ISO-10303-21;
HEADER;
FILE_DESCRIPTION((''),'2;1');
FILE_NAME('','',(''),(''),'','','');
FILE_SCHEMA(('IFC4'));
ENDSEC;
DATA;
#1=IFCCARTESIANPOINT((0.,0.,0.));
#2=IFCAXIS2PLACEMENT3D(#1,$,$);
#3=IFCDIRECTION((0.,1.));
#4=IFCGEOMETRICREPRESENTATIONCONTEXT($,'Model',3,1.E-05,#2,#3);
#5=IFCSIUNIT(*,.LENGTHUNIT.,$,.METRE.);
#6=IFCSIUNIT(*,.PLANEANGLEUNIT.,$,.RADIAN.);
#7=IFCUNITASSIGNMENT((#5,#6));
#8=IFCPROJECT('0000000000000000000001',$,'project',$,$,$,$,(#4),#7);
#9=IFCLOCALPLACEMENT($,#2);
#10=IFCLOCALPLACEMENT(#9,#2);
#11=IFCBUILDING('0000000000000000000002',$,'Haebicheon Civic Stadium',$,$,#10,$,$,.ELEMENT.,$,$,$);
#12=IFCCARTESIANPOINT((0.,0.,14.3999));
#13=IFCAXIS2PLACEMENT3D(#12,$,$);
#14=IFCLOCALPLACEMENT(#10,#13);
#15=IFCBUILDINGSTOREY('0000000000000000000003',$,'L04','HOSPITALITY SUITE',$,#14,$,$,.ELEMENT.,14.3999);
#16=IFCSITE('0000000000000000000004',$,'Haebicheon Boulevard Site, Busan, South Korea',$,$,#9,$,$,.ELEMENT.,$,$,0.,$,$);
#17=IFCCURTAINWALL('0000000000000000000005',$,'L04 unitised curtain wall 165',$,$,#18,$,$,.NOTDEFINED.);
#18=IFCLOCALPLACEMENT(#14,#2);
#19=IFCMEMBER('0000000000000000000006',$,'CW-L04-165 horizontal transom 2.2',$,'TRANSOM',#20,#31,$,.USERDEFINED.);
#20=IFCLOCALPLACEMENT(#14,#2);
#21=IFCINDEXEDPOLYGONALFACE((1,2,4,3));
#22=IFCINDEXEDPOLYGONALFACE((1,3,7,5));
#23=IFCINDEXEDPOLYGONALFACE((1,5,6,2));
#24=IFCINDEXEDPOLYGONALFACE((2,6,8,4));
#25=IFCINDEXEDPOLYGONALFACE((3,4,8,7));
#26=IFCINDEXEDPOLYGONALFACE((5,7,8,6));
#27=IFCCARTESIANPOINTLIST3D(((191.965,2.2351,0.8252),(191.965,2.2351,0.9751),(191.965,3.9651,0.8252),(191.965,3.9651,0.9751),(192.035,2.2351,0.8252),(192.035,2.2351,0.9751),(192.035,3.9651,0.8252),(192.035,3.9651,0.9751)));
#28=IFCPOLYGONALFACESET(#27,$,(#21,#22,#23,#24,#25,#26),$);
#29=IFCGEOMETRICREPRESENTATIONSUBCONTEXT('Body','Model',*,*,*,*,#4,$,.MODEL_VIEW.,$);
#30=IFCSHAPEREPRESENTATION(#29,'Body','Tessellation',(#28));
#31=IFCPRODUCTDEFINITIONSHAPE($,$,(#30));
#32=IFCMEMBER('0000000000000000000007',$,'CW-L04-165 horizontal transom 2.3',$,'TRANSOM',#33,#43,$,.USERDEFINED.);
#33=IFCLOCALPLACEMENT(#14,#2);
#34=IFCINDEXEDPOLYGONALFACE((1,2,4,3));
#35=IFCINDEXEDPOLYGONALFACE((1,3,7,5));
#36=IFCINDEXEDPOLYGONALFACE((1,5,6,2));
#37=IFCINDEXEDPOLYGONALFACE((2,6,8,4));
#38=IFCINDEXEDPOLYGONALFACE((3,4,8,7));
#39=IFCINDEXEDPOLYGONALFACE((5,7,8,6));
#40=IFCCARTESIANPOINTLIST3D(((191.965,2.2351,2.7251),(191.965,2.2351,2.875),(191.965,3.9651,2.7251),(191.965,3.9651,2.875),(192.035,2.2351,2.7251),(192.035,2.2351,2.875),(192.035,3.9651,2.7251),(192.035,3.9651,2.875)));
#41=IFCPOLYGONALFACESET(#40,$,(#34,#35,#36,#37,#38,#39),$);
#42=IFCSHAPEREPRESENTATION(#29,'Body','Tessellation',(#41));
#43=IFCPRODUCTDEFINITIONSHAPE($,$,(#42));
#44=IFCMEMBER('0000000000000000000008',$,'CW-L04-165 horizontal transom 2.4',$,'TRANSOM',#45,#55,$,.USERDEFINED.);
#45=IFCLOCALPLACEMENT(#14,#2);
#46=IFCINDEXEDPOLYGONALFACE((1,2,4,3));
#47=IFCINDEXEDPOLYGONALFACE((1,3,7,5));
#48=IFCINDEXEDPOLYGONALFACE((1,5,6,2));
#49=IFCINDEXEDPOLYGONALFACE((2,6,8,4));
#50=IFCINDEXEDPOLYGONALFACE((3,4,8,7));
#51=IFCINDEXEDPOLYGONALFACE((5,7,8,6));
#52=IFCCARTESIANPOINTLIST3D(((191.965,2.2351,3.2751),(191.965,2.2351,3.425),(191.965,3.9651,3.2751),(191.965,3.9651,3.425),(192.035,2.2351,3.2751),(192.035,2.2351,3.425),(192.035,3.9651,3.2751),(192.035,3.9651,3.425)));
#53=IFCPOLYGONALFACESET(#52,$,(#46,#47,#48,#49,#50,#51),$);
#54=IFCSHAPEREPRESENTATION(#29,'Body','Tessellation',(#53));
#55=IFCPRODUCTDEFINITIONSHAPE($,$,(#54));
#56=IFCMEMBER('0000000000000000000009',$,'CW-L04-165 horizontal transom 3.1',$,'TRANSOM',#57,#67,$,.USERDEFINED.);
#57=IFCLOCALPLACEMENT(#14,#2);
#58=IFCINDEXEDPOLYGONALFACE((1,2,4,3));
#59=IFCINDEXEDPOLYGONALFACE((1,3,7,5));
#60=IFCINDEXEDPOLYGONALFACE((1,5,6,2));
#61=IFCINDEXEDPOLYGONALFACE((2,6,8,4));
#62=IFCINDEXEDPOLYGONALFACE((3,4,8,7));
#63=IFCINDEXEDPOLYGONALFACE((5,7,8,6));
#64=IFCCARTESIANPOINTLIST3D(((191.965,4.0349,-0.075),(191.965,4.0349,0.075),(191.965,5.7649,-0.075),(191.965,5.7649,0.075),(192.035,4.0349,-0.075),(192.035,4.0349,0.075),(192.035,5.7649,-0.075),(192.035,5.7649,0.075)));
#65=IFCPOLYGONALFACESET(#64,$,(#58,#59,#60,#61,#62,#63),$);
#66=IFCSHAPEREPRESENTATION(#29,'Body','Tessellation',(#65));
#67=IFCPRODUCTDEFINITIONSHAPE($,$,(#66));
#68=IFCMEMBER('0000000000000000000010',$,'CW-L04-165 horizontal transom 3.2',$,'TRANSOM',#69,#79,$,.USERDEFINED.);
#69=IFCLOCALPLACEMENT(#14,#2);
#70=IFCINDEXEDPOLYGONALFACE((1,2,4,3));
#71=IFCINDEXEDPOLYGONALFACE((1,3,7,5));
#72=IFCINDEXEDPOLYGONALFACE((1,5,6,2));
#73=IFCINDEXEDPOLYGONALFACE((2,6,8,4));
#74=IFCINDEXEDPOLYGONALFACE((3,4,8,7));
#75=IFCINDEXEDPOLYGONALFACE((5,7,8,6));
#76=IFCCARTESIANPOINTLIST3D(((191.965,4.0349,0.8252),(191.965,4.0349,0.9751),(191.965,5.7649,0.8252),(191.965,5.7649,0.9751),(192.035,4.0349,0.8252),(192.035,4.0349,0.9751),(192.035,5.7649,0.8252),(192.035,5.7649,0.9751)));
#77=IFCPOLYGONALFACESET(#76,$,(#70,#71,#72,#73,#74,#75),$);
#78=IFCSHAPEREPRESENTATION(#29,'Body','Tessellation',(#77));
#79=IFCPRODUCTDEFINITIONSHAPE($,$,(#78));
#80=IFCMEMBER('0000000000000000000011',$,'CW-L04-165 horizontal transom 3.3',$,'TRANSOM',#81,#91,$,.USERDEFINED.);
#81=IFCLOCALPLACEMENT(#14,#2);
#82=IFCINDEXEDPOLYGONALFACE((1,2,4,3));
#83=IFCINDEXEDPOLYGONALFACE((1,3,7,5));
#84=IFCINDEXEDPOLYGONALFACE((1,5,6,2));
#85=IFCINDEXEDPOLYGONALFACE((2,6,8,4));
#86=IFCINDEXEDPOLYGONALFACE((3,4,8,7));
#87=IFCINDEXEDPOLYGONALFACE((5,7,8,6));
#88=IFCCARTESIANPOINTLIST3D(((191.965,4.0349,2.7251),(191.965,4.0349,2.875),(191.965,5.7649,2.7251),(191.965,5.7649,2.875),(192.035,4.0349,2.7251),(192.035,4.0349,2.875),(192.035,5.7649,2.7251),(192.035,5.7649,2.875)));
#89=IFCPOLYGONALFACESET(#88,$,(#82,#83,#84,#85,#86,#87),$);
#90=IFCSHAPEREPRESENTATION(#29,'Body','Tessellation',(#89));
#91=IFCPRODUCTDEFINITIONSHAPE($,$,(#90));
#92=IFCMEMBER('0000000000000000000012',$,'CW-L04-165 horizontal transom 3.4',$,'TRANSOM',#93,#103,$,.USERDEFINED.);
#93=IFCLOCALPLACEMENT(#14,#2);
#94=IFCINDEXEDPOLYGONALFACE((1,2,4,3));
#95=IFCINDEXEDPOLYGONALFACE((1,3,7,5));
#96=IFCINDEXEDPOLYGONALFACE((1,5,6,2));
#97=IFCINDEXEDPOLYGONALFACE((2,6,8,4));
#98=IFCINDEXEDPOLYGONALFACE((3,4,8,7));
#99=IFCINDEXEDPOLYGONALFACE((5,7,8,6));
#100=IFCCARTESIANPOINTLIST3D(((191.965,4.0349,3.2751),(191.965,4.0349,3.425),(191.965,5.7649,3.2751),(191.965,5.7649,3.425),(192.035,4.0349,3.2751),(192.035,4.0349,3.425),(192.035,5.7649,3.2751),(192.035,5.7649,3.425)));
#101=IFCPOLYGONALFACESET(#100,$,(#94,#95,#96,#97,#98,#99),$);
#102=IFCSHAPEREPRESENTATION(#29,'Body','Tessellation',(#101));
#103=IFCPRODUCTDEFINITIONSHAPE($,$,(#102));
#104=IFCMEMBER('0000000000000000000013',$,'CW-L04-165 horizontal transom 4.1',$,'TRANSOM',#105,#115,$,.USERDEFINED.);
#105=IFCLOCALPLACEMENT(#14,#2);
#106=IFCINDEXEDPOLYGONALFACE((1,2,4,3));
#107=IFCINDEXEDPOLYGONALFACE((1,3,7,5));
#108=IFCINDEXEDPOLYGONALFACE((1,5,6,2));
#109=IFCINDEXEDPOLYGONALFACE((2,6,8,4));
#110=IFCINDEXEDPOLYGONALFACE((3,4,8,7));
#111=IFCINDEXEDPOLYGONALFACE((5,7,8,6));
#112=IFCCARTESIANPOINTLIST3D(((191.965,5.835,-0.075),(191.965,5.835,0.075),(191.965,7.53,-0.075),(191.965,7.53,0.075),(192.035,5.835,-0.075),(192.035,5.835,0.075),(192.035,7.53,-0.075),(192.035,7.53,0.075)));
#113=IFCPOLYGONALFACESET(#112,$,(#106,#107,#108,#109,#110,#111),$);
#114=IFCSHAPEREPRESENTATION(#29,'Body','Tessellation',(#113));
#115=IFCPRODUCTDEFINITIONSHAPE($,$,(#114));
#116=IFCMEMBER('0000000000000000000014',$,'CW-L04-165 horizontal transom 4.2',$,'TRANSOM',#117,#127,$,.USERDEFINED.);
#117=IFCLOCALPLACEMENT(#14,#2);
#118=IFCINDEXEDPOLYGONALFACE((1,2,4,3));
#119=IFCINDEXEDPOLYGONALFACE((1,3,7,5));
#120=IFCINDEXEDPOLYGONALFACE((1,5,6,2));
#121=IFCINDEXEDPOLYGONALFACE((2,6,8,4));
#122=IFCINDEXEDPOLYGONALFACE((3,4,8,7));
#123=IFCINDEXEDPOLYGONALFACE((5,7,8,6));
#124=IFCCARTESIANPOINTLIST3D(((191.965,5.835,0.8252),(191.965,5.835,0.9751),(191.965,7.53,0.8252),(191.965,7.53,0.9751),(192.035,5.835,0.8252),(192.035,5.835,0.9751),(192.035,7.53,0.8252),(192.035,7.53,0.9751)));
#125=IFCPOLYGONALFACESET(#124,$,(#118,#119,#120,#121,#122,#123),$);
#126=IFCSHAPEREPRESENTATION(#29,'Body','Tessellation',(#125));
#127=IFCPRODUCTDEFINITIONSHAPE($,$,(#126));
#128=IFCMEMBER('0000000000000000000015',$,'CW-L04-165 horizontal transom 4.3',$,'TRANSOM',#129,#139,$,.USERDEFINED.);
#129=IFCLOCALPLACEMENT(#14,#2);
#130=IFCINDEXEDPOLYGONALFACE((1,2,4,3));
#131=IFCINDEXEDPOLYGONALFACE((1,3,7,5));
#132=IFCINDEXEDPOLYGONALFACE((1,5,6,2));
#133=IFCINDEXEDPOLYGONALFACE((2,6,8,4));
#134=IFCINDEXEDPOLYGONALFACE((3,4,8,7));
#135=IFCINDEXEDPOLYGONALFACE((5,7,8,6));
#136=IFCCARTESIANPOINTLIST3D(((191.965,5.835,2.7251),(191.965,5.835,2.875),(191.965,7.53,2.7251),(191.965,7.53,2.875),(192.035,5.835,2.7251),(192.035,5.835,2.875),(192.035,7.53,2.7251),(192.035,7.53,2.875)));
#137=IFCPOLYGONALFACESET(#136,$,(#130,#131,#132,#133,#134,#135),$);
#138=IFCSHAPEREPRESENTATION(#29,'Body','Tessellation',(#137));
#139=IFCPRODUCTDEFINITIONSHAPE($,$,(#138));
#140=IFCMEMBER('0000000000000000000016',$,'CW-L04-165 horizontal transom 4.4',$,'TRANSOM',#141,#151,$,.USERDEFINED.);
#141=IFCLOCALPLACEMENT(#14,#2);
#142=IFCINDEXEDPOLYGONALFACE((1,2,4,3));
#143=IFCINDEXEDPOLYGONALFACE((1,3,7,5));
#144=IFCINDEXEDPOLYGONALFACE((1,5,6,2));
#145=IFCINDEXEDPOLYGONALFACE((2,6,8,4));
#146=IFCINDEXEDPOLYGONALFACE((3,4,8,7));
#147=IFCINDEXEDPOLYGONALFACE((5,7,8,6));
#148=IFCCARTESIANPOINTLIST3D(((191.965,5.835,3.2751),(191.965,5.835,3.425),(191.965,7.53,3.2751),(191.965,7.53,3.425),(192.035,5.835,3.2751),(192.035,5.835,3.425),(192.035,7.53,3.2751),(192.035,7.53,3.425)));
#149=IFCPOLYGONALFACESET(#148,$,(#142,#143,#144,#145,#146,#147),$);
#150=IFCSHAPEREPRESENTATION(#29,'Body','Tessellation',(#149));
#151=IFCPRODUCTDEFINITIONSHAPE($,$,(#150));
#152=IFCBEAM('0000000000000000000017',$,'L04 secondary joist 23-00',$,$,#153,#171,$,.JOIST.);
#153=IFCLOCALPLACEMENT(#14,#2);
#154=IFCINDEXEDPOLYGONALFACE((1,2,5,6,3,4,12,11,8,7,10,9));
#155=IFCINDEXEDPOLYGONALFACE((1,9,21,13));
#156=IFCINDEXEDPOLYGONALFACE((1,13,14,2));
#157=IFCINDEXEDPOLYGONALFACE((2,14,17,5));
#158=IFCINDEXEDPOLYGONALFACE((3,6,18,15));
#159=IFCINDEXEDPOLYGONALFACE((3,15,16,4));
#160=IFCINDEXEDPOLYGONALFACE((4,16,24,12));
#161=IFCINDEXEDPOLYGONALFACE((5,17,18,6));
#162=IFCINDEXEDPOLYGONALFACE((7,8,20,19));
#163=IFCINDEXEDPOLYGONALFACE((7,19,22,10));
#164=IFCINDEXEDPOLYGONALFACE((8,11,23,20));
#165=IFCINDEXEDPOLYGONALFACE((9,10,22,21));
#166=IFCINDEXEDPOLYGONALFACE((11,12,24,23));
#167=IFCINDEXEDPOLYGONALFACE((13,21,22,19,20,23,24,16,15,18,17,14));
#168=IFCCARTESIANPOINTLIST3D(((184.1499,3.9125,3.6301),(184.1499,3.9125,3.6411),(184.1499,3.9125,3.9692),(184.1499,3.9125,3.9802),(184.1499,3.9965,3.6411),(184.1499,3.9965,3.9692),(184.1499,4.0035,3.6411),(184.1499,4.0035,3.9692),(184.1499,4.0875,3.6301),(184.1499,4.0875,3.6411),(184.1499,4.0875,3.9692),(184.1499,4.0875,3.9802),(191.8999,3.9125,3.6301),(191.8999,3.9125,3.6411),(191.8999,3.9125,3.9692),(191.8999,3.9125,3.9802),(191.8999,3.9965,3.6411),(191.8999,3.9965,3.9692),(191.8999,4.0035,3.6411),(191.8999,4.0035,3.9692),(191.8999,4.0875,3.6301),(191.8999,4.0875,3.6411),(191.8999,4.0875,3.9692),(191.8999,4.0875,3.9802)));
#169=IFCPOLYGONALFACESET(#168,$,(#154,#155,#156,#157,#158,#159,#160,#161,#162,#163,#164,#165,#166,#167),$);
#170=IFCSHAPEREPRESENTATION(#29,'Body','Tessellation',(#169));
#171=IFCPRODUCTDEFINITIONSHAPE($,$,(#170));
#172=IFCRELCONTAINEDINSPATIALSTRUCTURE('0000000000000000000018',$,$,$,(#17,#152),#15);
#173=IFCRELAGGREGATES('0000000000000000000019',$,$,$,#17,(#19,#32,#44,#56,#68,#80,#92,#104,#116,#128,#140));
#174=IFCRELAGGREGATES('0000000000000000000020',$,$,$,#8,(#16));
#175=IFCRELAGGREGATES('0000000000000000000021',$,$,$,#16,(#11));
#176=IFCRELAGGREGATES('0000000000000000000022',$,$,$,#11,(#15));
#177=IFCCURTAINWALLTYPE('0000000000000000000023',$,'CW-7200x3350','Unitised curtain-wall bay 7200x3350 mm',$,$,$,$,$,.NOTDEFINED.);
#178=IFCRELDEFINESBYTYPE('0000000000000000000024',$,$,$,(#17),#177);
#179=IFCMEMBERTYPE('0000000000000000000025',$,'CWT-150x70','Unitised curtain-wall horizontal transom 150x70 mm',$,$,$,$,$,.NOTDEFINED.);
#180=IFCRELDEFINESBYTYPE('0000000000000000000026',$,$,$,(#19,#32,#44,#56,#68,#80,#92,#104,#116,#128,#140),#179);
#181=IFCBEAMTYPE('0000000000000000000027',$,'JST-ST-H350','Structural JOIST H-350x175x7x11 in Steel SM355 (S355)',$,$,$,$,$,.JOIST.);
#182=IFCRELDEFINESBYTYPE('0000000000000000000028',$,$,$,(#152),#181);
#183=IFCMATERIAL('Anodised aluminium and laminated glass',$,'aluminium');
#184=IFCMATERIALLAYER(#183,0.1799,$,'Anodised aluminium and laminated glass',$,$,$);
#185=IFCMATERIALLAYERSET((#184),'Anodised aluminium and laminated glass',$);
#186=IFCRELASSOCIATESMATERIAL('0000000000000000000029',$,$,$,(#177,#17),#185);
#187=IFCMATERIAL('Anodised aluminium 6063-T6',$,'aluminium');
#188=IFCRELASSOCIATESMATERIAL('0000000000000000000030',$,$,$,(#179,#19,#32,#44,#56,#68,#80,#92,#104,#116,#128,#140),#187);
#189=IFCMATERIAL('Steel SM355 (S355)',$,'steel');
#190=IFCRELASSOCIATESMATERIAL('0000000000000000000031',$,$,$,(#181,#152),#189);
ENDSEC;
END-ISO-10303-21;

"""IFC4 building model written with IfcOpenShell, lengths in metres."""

from ifc_helpers import new_model, si_unit, direction, frame, origin, origin_2d, place, context, subcontext, project, spatial, rectangle, i_section, extrude, material, layer, layer_set, material_profile, profile_set, type_object, element, aggregate, save


model = new_model("IFC4")

# Units and contexts
model_context = context("Model", 3, precision=1e-05, world=origin(), true_north=direction((0.0, 1.0)))
body_context = subcontext(model_context, "Body", "Model", "MODEL_VIEW")
ifc_project = project(units=[si_unit("LENGTHUNIT", "METRE"), si_unit("PLANEANGLEUNIT", "RADIAN")], contexts=[model_context])

# Site, building, storey
site_placement = place(None, origin())
site = spatial("IfcSite", under=ifc_project, at=site_placement, Name="Haebicheon Boulevard Site, Busan, South Korea", CompositionType="ELEMENT", RefElevation=0.0)
building_placement = place(site_placement, origin())
building = spatial("IfcBuilding", under=site, at=building_placement, Name="Haebicheon Civic Stadium", CompositionType="ELEMENT")
storey_placement = place(building_placement, frame((0.0, 0.0, 14.3999)))
storey = spatial("IfcBuildingStorey", under=building, at=storey_placement, Name="L04", Description="HOSPITALITY SUITE", CompositionType="ELEMENT", Elevation=14.3999)

# Curtain wall, members
ifc_material_1 = material(Name="Anodised aluminium and laminated glass", Category="aluminium")
ifc_layer_1 = layer(ifc_material_1, 0.1799, Name="Anodised aluminium and laminated glass")
ifc_layer_set_1 = layer_set([ifc_layer_1], Name="Anodised aluminium and laminated glass")
curtain_wall_type = type_object("IfcCurtainWallType", Name="CW-7200x3350", Description="Unitised curtain-wall bay 7200x3350 mm", PredefinedType="NOTDEFINED", material=ifc_layer_set_1)
curtain_wall_placement = place(storey_placement, origin())
curtain_wall = element("IfcCurtainWall", 1, at=curtain_wall_placement, inside=storey, type_object=curtain_wall_type, material=ifc_layer_set_1, Name="L04 unitised curtain wall 165", PredefinedType="NOTDEFINED")
ifc_material_2 = material(Name="Anodised aluminium 6063-T6", Category="aluminium")
ifc_material_profile_1 = material_profile(ifc_material_2, rectangle(XDim=0.0701, YDim=0.1499, at=origin_2d()), Name="ALU-TRAN-70x150")
ifc_profile_set_1 = profile_set([ifc_material_profile_1], Name="Anodised aluminium 6063-T6")
member_type_1 = type_object("IfcMemberType", Name="CWT-150x70", Description="Unitised curtain-wall horizontal transom 150x70 mm", PredefinedType="NOTDEFINED", material=ifc_profile_set_1)
member_1_placement = place(storey_placement, frame((192.0, 2.2351, 0.9001), z_axis=(0.0, 1.0, 0.0), x_axis=(-1.0, 0.0, 0.0)))
member_1 = element("IfcMember", 2, at=member_1_placement, type_object=member_type_1, material=ifc_profile_set_1, Name="CW-L04-165 horizontal transom 2.2", ObjectType="TRANSOM", PredefinedType="USERDEFINED", context=body_context, shape_type="SweptSolid", body=[
    extrude(rectangle(XDim=0.0701, YDim=0.1499, at=origin_2d()), origin(), (0.0, 0.0, 1.0), 1.73),
])
member_2_placement = place(storey_placement, frame((192.0, 2.2351, 2.8), z_axis=(0.0, 1.0, 0.0), x_axis=(-1.0, 0.0, 0.0)))
member_2 = element("IfcMember", 3, at=member_2_placement, type_object=member_type_1, material=ifc_profile_set_1, Name="CW-L04-165 horizontal transom 2.3", ObjectType="TRANSOM", PredefinedType="USERDEFINED", context=body_context, shape_type="SweptSolid", body=[
    extrude(rectangle(XDim=0.0701, YDim=0.1499, at=origin_2d()), origin(), (0.0, 0.0, 1.0), 1.73),
])
member_3_placement = place(storey_placement, frame((192.0, 2.2351, 3.3501), z_axis=(0.0, 1.0, 0.0), x_axis=(-1.0, 0.0, 0.0)))
member_3 = element("IfcMember", 4, at=member_3_placement, type_object=member_type_1, material=ifc_profile_set_1, Name="CW-L04-165 horizontal transom 2.4", ObjectType="TRANSOM", PredefinedType="USERDEFINED", context=body_context, shape_type="SweptSolid", body=[
    extrude(rectangle(XDim=0.0701, YDim=0.1499, at=origin_2d()), origin(), (0.0, 0.0, 1.0), 1.73),
])
member_4_placement = place(storey_placement, frame((192.0, 4.0349, 0.0), z_axis=(0.0, 1.0, 0.0), x_axis=(-1.0, 0.0, 0.0)))
member_4 = element("IfcMember", 5, at=member_4_placement, type_object=member_type_1, material=ifc_profile_set_1, Name="CW-L04-165 horizontal transom 3.1", ObjectType="TRANSOM", PredefinedType="USERDEFINED", context=body_context, shape_type="SweptSolid", body=[
    extrude(rectangle(XDim=0.0701, YDim=0.1499, at=origin_2d()), origin(), (0.0, 0.0, 1.0), 1.73),
])
member_5_placement = place(storey_placement, frame((192.0, 4.0349, 0.9001), z_axis=(0.0, 1.0, 0.0), x_axis=(-1.0, 0.0, 0.0)))
member_5 = element("IfcMember", 6, at=member_5_placement, type_object=member_type_1, material=ifc_profile_set_1, Name="CW-L04-165 horizontal transom 3.2", ObjectType="TRANSOM", PredefinedType="USERDEFINED", context=body_context, shape_type="SweptSolid", body=[
    extrude(rectangle(XDim=0.0701, YDim=0.1499, at=origin_2d()), origin(), (0.0, 0.0, 1.0), 1.73),
])
member_6_placement = place(storey_placement, frame((192.0, 4.0349, 2.8), z_axis=(0.0, 1.0, 0.0), x_axis=(-1.0, 0.0, 0.0)))
member_6 = element("IfcMember", 7, at=member_6_placement, type_object=member_type_1, material=ifc_profile_set_1, Name="CW-L04-165 horizontal transom 3.3", ObjectType="TRANSOM", PredefinedType="USERDEFINED", context=body_context, shape_type="SweptSolid", body=[
    extrude(rectangle(XDim=0.0701, YDim=0.1499, at=origin_2d()), origin(), (0.0, 0.0, 1.0), 1.73),
])
member_7_placement = place(storey_placement, frame((192.0, 4.0349, 3.3501), z_axis=(0.0, 1.0, 0.0), x_axis=(-1.0, 0.0, 0.0)))
member_7 = element("IfcMember", 8, at=member_7_placement, type_object=member_type_1, material=ifc_profile_set_1, Name="CW-L04-165 horizontal transom 3.4", ObjectType="TRANSOM", PredefinedType="USERDEFINED", context=body_context, shape_type="SweptSolid", body=[
    extrude(rectangle(XDim=0.0701, YDim=0.1499, at=origin_2d()), origin(), (0.0, 0.0, 1.0), 1.73),
])
member_8_placement = place(storey_placement, frame((192.0, 5.835, 0.0), z_axis=(0.0, 1.0, 0.0), x_axis=(-1.0, 0.0, 0.0)))
member_8 = element("IfcMember", 9, at=member_8_placement, type_object=member_type_1, material=ifc_profile_set_1, Name="CW-L04-165 horizontal transom 4.1", ObjectType="TRANSOM", PredefinedType="USERDEFINED", context=body_context, shape_type="SweptSolid", body=[
    extrude(rectangle(XDim=0.0701, YDim=0.1499, at=origin_2d()), origin(), (0.0, 0.0, 1.0), 1.6951),
])
member_9_placement = place(storey_placement, frame((192.0, 5.835, 0.9001), z_axis=(0.0, 1.0, 0.0), x_axis=(-1.0, 0.0, 0.0)))
member_9 = element("IfcMember", 10, at=member_9_placement, type_object=member_type_1, material=ifc_profile_set_1, Name="CW-L04-165 horizontal transom 4.2", ObjectType="TRANSOM", PredefinedType="USERDEFINED", context=body_context, shape_type="SweptSolid", body=[
    extrude(rectangle(XDim=0.0701, YDim=0.1499, at=origin_2d()), origin(), (0.0, 0.0, 1.0), 1.6951),
])
member_10_placement = place(storey_placement, frame((192.0, 5.835, 2.8), z_axis=(0.0, 1.0, 0.0), x_axis=(-1.0, 0.0, 0.0)))
member_10 = element("IfcMember", 11, at=member_10_placement, type_object=member_type_1, material=ifc_profile_set_1, Name="CW-L04-165 horizontal transom 4.3", ObjectType="TRANSOM", PredefinedType="USERDEFINED", context=body_context, shape_type="SweptSolid", body=[
    extrude(rectangle(XDim=0.0701, YDim=0.1499, at=origin_2d()), origin(), (0.0, 0.0, 1.0), 1.6951),
])
member_11_placement = place(storey_placement, frame((192.0, 5.835, 3.3501), z_axis=(0.0, 1.0, 0.0), x_axis=(-1.0, 0.0, 0.0)))
member_11 = element("IfcMember", 12, at=member_11_placement, type_object=member_type_1, material=ifc_profile_set_1, Name="CW-L04-165 horizontal transom 4.4", ObjectType="TRANSOM", PredefinedType="USERDEFINED", context=body_context, shape_type="SweptSolid", body=[
    extrude(rectangle(XDim=0.0701, YDim=0.1499, at=origin_2d()), origin(), (0.0, 0.0, 1.0), 1.6951),
])

# Beam
ifc_material_3 = material(Name="Steel SM355 (S355)", Category="steel")
ifc_material_profile_2 = material_profile(ifc_material_3, i_section(OverallWidth=0.175, OverallDepth=0.3501, WebThickness=0.0071, FlangeThickness=0.011, at=origin_2d()), Name="H-350x175x7x11")
ifc_profile_set_2 = profile_set([ifc_material_profile_2], Name="Steel SM355 (S355)")
beam_type_1 = type_object("IfcBeamType", Name="JST-ST-H350", Description="Structural JOIST H-350x175x7x11 in Steel SM355 (S355)", PredefinedType="JOIST", material=ifc_profile_set_2)
beam_1_placement = place(storey_placement, frame((184.1499, 4.0, 3.8052), z_axis=(1.0, 0.0, 0.0), x_axis=(0.0, 1.0, 0.0)))
element("IfcBeam", 13, at=beam_1_placement, inside=storey, type_object=beam_type_1, material=ifc_profile_set_2, Name="L04 secondary joist 23-00", PredefinedType="JOIST", context=body_context, shape_type="SweptSolid", body=[
    extrude(i_section(OverallWidth=0.175, OverallDepth=0.3501, WebThickness=0.0071, FlangeThickness=0.011, at=origin_2d()), origin(), (0.0, 0.0, 1.0), 7.75),
])

aggregate(curtain_wall, [member_1, member_2, member_3, member_4, member_5, member_6, member_7, member_8, member_9, member_10, member_11])

save(model, "model.ifc")
